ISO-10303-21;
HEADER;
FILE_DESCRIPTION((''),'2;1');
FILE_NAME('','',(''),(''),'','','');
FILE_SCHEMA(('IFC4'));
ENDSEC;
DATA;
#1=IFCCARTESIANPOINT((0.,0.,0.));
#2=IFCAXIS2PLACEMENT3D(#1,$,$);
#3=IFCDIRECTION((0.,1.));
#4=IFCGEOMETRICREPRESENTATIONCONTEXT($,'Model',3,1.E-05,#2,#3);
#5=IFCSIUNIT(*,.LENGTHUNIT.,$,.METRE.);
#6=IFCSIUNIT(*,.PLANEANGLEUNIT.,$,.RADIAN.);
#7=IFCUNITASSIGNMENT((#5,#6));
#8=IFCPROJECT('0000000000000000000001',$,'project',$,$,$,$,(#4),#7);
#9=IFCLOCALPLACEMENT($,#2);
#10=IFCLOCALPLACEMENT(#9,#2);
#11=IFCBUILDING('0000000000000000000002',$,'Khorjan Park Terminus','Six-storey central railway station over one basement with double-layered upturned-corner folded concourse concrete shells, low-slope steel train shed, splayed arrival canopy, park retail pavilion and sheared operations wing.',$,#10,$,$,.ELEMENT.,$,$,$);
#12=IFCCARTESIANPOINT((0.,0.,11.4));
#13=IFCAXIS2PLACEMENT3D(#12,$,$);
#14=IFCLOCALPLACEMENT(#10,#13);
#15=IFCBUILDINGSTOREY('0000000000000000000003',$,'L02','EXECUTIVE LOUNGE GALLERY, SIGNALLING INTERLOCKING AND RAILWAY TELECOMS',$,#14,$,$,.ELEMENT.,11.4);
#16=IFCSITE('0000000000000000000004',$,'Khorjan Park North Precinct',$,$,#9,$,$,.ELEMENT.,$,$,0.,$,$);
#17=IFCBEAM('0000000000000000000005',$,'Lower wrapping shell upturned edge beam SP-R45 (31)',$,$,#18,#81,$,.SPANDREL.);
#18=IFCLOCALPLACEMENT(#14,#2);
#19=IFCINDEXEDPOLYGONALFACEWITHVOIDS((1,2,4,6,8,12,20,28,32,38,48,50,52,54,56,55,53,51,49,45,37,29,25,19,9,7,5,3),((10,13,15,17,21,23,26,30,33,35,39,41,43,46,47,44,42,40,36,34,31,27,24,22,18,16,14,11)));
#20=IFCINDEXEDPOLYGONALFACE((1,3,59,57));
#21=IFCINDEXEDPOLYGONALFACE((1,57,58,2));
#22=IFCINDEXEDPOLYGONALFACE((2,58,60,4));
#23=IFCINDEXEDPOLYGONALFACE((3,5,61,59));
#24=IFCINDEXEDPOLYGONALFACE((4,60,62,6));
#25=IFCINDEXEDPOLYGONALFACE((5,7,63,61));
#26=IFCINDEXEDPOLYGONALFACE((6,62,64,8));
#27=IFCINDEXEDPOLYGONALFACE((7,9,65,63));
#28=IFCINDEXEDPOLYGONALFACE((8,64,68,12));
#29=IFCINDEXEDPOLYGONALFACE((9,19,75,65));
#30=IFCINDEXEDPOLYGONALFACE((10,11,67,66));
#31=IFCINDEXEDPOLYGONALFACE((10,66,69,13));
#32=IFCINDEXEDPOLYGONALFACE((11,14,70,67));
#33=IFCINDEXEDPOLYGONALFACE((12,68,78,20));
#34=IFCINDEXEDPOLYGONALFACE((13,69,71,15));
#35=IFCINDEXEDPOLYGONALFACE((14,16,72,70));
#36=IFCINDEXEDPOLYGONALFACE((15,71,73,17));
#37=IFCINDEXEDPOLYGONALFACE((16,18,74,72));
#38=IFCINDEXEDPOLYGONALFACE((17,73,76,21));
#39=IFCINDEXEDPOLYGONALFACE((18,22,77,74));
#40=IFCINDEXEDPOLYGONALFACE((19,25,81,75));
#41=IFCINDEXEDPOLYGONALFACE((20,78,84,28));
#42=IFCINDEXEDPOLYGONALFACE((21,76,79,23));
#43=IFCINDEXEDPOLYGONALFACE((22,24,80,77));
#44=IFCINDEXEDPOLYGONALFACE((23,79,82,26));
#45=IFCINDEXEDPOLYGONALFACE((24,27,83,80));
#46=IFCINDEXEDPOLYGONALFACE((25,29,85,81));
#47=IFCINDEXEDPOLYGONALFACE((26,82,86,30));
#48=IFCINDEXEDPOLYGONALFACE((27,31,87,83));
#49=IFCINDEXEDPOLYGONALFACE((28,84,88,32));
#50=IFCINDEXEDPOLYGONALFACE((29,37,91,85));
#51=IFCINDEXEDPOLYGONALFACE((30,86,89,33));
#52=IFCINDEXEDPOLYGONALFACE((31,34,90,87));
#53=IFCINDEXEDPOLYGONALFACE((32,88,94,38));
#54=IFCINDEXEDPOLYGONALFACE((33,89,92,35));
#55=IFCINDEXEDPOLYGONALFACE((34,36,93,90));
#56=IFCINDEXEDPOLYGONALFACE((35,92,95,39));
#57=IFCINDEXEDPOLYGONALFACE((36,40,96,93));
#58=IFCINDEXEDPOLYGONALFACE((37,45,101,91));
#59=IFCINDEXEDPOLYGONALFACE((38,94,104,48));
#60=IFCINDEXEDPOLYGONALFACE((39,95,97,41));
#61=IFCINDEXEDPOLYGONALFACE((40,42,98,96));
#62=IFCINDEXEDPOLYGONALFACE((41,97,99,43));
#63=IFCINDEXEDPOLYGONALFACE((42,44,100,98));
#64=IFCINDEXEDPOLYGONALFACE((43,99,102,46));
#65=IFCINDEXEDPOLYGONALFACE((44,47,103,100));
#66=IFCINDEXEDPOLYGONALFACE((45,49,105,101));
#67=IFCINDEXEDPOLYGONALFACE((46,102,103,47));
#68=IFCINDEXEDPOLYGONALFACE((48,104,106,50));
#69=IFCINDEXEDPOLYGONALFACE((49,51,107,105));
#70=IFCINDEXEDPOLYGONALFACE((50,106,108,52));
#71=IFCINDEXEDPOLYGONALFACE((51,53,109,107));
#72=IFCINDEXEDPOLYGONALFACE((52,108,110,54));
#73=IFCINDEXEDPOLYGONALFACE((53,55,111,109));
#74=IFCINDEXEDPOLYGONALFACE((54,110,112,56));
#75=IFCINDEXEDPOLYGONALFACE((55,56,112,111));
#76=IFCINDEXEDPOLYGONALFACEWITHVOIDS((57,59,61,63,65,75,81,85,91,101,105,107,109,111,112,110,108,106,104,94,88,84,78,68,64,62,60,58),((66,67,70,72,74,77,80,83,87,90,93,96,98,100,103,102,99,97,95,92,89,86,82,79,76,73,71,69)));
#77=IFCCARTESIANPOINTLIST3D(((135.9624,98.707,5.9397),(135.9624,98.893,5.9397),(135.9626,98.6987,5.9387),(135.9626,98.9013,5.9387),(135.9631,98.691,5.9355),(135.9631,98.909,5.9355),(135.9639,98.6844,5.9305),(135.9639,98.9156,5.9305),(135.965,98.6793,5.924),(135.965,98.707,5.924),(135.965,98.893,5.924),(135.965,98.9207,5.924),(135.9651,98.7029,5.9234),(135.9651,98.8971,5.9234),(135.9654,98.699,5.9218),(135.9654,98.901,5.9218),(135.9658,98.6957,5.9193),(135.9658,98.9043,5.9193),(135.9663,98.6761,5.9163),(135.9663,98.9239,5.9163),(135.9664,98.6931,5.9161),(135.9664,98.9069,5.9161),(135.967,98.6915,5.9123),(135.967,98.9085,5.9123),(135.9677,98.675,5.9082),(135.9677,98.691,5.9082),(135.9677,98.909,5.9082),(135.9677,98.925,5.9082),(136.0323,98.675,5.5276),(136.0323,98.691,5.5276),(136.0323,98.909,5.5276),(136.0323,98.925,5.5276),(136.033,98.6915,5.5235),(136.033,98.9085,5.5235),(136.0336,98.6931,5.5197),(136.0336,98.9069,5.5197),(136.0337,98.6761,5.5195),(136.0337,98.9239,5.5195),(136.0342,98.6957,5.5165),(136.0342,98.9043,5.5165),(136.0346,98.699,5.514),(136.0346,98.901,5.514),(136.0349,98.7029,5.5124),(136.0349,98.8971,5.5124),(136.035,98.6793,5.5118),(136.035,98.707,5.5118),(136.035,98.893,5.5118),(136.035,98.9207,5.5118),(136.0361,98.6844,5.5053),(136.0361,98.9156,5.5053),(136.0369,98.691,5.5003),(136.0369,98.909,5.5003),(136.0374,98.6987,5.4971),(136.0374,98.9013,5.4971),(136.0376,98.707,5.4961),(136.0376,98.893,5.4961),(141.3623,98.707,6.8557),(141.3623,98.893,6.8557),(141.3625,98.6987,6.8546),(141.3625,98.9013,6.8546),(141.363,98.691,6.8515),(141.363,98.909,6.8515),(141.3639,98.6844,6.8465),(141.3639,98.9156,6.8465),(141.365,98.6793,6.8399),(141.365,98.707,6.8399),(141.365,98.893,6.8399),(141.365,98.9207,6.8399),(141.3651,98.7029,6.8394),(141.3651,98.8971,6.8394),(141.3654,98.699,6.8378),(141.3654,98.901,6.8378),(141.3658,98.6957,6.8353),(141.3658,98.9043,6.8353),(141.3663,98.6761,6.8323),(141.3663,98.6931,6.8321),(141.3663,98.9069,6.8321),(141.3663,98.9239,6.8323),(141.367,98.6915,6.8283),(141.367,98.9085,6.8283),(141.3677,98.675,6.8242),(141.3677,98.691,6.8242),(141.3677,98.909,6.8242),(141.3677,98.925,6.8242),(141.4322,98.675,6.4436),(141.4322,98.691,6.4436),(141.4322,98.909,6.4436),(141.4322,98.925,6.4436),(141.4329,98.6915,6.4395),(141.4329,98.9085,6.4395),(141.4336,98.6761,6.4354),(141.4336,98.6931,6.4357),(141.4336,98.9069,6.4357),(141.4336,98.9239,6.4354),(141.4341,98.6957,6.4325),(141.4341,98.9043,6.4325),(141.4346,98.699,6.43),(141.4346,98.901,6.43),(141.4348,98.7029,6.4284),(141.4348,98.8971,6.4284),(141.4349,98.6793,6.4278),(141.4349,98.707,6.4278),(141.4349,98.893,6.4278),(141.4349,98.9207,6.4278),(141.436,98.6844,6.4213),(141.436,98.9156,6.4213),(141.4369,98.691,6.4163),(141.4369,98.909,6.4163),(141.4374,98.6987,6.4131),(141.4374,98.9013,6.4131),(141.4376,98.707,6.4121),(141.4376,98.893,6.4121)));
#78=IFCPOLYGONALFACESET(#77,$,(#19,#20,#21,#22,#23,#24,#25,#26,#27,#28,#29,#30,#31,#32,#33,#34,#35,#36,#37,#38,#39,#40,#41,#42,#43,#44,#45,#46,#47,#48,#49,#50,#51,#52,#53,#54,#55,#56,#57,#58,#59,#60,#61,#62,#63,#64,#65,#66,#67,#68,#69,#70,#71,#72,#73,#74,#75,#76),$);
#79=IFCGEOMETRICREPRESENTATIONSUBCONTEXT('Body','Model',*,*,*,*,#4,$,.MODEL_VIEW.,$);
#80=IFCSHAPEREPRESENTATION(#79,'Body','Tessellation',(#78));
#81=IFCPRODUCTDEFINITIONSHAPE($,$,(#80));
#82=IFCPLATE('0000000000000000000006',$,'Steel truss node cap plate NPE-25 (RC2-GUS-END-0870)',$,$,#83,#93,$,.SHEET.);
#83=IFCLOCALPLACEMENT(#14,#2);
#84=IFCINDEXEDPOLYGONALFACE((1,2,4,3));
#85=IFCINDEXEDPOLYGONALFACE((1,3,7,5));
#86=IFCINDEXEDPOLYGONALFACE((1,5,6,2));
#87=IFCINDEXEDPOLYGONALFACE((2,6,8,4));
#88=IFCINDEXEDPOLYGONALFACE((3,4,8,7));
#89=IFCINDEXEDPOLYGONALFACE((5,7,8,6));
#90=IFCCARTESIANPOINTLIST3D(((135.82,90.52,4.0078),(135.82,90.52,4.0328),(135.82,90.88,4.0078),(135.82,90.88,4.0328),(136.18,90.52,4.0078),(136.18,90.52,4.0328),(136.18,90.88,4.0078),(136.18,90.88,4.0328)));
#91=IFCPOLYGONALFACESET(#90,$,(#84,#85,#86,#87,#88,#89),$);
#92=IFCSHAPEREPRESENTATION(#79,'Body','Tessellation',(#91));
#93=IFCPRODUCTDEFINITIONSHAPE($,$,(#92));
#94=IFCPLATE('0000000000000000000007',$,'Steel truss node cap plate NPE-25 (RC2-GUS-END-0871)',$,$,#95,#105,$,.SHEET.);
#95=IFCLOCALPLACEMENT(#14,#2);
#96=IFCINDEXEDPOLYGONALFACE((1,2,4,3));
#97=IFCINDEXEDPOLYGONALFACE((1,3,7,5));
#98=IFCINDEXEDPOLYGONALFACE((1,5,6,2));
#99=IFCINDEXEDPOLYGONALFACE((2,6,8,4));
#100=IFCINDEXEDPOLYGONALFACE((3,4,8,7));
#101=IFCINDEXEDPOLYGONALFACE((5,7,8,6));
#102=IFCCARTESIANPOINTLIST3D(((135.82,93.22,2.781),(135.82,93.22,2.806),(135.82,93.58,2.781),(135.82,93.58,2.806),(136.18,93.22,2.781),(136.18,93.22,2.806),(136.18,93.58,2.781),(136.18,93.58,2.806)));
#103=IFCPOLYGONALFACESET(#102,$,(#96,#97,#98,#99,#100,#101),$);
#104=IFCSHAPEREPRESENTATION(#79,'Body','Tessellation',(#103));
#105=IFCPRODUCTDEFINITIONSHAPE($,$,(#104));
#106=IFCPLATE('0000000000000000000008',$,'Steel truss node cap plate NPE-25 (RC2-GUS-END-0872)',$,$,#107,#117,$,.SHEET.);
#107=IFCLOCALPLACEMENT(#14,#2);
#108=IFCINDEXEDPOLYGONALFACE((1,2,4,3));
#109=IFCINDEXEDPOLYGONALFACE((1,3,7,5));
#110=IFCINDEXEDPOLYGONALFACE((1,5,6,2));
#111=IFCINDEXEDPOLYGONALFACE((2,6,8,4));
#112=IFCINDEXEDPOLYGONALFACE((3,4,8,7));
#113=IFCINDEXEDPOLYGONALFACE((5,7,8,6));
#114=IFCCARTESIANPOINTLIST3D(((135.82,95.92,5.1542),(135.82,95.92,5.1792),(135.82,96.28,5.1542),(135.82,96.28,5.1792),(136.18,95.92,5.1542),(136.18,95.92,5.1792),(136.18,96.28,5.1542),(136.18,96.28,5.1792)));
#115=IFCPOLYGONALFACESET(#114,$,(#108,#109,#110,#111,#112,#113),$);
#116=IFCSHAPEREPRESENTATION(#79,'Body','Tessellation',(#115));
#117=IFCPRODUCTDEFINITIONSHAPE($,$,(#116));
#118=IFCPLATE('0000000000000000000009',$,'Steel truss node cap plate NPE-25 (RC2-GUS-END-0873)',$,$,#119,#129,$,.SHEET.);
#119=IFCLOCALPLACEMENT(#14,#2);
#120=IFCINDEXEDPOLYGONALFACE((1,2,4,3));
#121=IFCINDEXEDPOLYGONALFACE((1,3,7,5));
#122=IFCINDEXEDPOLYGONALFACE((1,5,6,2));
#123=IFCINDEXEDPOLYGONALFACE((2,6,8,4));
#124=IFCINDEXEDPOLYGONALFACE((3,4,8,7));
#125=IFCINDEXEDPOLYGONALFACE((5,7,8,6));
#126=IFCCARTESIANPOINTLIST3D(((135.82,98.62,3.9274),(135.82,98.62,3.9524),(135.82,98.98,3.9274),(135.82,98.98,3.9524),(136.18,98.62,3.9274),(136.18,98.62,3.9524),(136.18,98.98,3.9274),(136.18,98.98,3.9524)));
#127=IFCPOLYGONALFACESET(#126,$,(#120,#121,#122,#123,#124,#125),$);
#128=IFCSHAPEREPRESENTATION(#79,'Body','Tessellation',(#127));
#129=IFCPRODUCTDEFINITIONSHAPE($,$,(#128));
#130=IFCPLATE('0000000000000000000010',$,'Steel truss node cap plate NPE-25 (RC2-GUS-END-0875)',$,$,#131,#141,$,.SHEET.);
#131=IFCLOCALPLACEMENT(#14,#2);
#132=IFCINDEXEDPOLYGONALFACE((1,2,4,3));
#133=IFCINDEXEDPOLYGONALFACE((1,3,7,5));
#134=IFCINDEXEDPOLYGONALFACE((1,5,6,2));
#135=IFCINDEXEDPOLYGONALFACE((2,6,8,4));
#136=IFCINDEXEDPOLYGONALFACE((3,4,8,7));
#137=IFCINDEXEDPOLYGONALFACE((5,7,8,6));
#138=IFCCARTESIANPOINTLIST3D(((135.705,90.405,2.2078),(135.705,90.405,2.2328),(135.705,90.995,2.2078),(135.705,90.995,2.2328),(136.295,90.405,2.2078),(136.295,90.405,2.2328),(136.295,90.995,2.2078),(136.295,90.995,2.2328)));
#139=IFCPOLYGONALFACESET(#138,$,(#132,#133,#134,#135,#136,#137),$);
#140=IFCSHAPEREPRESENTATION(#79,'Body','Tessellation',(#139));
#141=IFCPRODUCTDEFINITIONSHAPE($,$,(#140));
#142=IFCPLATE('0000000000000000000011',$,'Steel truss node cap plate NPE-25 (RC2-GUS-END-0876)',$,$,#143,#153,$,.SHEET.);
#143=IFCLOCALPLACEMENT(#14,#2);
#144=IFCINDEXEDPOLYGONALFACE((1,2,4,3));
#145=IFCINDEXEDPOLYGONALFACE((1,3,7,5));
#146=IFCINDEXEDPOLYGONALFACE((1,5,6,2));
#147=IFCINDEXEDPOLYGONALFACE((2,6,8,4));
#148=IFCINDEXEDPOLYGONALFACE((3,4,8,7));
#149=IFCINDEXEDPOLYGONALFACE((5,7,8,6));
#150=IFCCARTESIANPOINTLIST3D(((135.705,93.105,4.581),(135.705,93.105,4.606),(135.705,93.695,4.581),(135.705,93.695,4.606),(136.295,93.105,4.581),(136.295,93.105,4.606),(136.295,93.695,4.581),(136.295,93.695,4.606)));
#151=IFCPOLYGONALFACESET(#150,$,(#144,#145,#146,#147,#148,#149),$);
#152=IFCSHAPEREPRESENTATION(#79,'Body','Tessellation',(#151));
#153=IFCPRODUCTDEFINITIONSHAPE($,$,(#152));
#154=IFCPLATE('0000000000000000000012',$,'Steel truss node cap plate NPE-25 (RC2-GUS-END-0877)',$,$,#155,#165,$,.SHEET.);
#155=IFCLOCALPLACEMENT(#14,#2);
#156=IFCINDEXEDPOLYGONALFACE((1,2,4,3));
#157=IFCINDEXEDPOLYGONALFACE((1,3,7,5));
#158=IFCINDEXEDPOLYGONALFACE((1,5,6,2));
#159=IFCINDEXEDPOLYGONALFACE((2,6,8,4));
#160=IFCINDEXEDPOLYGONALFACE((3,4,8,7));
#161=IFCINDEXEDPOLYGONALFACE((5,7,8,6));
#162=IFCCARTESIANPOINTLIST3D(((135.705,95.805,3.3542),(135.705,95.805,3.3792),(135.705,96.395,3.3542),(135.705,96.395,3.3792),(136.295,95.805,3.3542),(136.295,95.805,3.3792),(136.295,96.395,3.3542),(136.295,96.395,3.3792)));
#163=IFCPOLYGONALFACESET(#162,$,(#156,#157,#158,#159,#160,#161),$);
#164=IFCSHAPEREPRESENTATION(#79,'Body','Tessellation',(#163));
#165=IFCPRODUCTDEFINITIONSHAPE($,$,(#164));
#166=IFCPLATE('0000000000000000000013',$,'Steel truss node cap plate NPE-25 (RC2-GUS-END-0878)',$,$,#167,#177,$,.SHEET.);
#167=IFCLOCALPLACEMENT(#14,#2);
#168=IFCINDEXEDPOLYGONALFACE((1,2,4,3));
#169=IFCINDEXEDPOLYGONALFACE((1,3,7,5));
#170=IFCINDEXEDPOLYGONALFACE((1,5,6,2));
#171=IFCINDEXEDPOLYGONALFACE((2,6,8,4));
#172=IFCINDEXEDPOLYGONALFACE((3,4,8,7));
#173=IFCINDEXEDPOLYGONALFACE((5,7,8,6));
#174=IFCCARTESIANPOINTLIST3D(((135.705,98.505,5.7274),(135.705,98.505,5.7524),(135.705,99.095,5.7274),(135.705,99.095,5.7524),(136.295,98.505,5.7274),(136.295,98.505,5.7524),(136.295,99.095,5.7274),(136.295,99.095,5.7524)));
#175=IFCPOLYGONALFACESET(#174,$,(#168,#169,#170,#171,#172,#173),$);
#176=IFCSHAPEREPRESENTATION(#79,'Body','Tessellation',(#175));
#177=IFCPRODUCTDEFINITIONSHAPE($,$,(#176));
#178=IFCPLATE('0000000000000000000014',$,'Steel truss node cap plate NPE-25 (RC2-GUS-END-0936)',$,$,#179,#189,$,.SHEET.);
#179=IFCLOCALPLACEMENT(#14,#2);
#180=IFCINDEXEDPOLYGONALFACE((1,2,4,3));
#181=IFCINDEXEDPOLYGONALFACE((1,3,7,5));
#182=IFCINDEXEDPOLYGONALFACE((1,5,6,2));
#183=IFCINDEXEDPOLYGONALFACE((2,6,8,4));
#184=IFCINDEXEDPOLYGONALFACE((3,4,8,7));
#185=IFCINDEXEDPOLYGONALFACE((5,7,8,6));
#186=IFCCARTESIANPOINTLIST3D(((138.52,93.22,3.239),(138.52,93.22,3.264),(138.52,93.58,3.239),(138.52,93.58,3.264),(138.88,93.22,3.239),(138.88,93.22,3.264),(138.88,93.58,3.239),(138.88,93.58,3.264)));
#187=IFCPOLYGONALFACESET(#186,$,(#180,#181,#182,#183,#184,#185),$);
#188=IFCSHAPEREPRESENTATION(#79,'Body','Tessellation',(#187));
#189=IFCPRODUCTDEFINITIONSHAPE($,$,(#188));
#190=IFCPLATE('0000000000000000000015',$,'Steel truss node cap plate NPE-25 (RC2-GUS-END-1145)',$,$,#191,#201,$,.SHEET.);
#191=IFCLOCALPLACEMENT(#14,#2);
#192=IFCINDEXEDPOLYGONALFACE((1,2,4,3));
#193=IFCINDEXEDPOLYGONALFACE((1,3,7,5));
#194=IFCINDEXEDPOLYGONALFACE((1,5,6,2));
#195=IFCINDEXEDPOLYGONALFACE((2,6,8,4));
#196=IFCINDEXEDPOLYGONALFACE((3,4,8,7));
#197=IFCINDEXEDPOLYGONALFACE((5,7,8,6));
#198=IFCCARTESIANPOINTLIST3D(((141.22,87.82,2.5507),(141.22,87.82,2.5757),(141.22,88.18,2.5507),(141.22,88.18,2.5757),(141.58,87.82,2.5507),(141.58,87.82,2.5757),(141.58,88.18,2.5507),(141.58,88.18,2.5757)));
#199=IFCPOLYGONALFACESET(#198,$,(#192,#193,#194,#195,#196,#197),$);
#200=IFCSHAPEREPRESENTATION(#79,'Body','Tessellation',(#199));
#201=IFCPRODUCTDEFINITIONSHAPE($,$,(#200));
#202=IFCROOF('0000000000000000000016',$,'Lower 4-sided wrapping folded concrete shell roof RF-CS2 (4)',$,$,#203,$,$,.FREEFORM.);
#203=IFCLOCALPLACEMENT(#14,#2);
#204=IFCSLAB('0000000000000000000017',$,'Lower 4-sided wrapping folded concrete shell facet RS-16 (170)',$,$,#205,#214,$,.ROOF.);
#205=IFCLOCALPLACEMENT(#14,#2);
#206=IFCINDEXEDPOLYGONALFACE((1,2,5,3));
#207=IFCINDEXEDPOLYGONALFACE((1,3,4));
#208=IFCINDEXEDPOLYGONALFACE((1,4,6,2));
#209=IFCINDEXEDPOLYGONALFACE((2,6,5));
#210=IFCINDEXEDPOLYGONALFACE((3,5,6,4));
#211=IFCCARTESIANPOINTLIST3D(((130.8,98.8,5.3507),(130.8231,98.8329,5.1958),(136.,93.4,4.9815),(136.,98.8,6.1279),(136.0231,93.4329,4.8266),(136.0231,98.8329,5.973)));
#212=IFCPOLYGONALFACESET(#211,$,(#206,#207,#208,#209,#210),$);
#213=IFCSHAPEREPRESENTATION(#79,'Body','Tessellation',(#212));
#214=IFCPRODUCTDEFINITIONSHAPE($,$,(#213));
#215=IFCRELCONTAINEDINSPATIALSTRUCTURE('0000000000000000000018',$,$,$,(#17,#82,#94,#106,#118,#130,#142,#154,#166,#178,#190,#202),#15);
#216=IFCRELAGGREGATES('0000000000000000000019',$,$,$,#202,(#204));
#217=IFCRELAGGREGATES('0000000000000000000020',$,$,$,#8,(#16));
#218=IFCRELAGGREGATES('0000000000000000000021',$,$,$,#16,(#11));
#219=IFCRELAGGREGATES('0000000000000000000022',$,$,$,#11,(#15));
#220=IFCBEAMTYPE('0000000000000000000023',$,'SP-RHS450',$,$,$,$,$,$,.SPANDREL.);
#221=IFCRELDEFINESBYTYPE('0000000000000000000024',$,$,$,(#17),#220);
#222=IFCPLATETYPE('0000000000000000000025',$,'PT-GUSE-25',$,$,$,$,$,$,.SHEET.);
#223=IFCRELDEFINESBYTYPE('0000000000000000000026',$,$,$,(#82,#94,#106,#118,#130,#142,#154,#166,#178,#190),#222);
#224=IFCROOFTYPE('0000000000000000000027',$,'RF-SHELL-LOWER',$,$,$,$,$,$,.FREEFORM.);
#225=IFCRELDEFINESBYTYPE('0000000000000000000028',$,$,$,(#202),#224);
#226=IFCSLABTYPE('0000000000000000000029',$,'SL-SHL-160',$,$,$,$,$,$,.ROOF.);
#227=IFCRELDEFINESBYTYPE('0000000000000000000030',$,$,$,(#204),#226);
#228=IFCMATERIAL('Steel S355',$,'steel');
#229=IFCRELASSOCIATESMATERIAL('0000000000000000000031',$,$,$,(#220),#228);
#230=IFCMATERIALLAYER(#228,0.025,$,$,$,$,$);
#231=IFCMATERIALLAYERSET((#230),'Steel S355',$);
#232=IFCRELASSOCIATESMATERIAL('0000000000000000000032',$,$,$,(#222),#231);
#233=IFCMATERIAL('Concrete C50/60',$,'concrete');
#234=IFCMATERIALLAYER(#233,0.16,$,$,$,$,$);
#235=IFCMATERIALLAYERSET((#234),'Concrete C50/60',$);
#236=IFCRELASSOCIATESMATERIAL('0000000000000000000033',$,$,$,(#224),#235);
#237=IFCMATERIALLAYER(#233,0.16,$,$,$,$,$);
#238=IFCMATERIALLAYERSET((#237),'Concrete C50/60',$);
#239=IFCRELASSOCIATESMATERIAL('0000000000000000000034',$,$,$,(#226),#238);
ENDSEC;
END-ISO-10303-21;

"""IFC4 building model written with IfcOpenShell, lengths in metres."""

from ifc_helpers import new_model, si_unit, direction, frame, origin, origin_2d, place, context, subcontext, project, spatial, polyline, rectangle, hollow_rectangle, outline, extrude, material, layer, layer_set, material_profile, profile_set, type_object, element, aggregate, save


model = new_model("IFC4")

# Units and contexts
model_context = context("Model", 3, precision=1e-05, world=origin(), true_north=direction((0.0, 1.0)))
body_context = subcontext(model_context, "Body", "Model", "MODEL_VIEW")
ifc_project = project(units=[si_unit("LENGTHUNIT", "METRE"), si_unit("PLANEANGLEUNIT", "RADIAN")], contexts=[model_context])

# Site, building, storey
site_placement = place(None, origin())
site = spatial("IfcSite", under=ifc_project, at=site_placement, Name="Khorjan Park North Precinct", CompositionType="ELEMENT", RefElevation=0.0)
building_placement = place(site_placement, origin())
building = spatial("IfcBuilding", under=site, at=building_placement, Name="Khorjan Park Terminus", Description="Six-storey central railway station over one basement with double-layered upturned-corner folded concourse concrete shells, low-slope steel train shed, splayed arrival canopy, park retail pavilion and sheared operations wing.", CompositionType="ELEMENT")
storey_placement = place(building_placement, frame((0.0, 0.0, 11.4)))
storey = spatial("IfcBuildingStorey", under=building, at=storey_placement, Name="L02", Description="EXECUTIVE LOUNGE GALLERY, SIGNALLING INTERLOCKING AND RAILWAY TELECOMS", CompositionType="ELEMENT", Elevation=11.4)

# Shared definitions
ifc_material_1 = material(Name="Steel S355", Category="steel")

# Beam
ifc_material_profile_1 = material_profile(ifc_material_1, hollow_rectangle(XDim=0.25, YDim=0.45, WallThickness=0.016, InnerFilletRadius=0.016, OuterFilletRadius=0.032, at=origin_2d()), Name="RHS 450x250x16")
ifc_profile_set_1 = profile_set([ifc_material_profile_1], Name="Steel S355")
beam_type = type_object("IfcBeamType", Name="SP-RHS450", PredefinedType="SPANDREL", material=ifc_profile_set_1)
beam_placement = place(storey_placement, frame((136.0, 98.8, 5.7179), z_axis=(0.985916, 0.0, 0.167241), x_axis=(0.0, 1.0, 0.0)))
element("IfcBeam", 1, at=beam_placement, inside=storey, type_object=beam_type, Name="Lower wrapping shell upturned edge beam SP-R45 (31)", PredefinedType="SPANDREL", context=body_context, shape_type="SweptSolid", body=[
    extrude(hollow_rectangle(XDim=0.25, YDim=0.45, WallThickness=0.016, InnerFilletRadius=0.016, OuterFilletRadius=0.032, at=origin_2d()), origin(), (0.0, 0.0, 1.0), 5.4771),
])

# Plates
ifc_layer_1 = layer(ifc_material_1, 0.025)
ifc_layer_set_1 = layer_set([ifc_layer_1], Name="Steel S355")
plate_type = type_object("IfcPlateType", Name="PT-GUSE-25", PredefinedType="SHEET", material=ifc_layer_set_1)
for number, where, z_axis, x_axis, name in (
    (2, (136.0, 90.7, 4.0078), (0.0, 0.0, 1.0), (1.0, 0.0, 0.0), "Steel truss node cap plate NPE-25 (RC2-GUS-END-0870)"),
    (3, (136.0, 93.4, 2.781), (0.0, 0.0, 1.0), (1.0, 0.0, 0.0), "Steel truss node cap plate NPE-25 (RC2-GUS-END-0871)"),
    (4, (136.0, 96.1, 5.1542), (0.0, 0.0, 1.0), (1.0, 0.0, 0.0), "Steel truss node cap plate NPE-25 (RC2-GUS-END-0872)"),
    (5, (136.0, 98.8, 3.9274), (0.0, 0.0, 1.0), (1.0, 0.0, 0.0), "Steel truss node cap plate NPE-25 (RC2-GUS-END-0873)"),
):
    element("IfcPlate", number, at=place(storey_placement, frame(where, z_axis=z_axis, x_axis=x_axis)), inside=storey, type_object=plate_type, Name=name, PredefinedType="SHEET", context=body_context, shape_type="SweptSolid", body=[
        extrude(rectangle(XDim=0.36, YDim=0.36, at=origin_2d()), origin(), (0.0, 0.0, 1.0), 0.025),
    ])
for number, where, z_axis, x_axis, name in (
    (6, (136.0, 90.7, 2.2078), (0.0, 0.0, 1.0), (1.0, 0.0, 0.0), "Steel truss node cap plate NPE-25 (RC2-GUS-END-0875)"),
    (7, (136.0, 93.4, 4.581), (0.0, 0.0, 1.0), (1.0, 0.0, 0.0), "Steel truss node cap plate NPE-25 (RC2-GUS-END-0876)"),
    (8, (136.0, 96.1, 3.3542), (0.0, 0.0, 1.0), (1.0, 0.0, 0.0), "Steel truss node cap plate NPE-25 (RC2-GUS-END-0877)"),
    (9, (136.0, 98.8, 5.7274), (0.0, 0.0, 1.0), (1.0, 0.0, 0.0), "Steel truss node cap plate NPE-25 (RC2-GUS-END-0878)"),
):
    element("IfcPlate", number, at=place(storey_placement, frame(where, z_axis=z_axis, x_axis=x_axis)), inside=storey, type_object=plate_type, Name=name, PredefinedType="SHEET", context=body_context, shape_type="SweptSolid", body=[
        extrude(rectangle(XDim=0.59, YDim=0.59, at=origin_2d()), origin(), (0.0, 0.0, 1.0), 0.025),
    ])
for number, where, z_axis, x_axis, name in (
    (10, (138.7, 93.4, 3.239), (0.0, 0.0, 1.0), (1.0, 0.0, 0.0), "Steel truss node cap plate NPE-25 (RC2-GUS-END-0936)"),
    (11, (141.4, 88.0, 2.5507), (0.0, 0.0, 1.0), (1.0, 0.0, 0.0), "Steel truss node cap plate NPE-25 (RC2-GUS-END-1145)"),
):
    element("IfcPlate", number, at=place(storey_placement, frame(where, z_axis=z_axis, x_axis=x_axis)), inside=storey, type_object=plate_type, Name=name, PredefinedType="SHEET", context=body_context, shape_type="SweptSolid", body=[
        extrude(rectangle(XDim=0.36, YDim=0.36, at=origin_2d()), origin(), (0.0, 0.0, 1.0), 0.025),
    ])

# Roof, slab
ifc_material_2 = material(Name="Concrete C50/60", Category="concrete")
ifc_layer_2 = layer(ifc_material_2, 0.16)
ifc_layer_set_2 = layer_set([ifc_layer_2], Name="Concrete C50/60")
roof_type = type_object("IfcRoofType", Name="RF-SHELL-LOWER", PredefinedType="FREEFORM", material=ifc_layer_set_2)
roof_placement = place(storey_placement, origin())
roof = element("IfcRoof", 12, at=roof_placement, inside=storey, type_object=roof_type, Name="Lower 4-sided wrapping folded concrete shell roof RF-CS2 (4)", PredefinedType="FREEFORM")
ifc_layer_3 = layer(ifc_material_2, 0.16)
ifc_layer_set_3 = layer_set([ifc_layer_3], Name="Concrete C50/60")
slab_type = type_object("IfcSlabType", Name="SL-SHL-160", PredefinedType="ROOF", material=ifc_layer_set_3)
slab_1_placement = place(storey_placement, frame((136.0, 93.4, 4.9815), z_axis=(-0.144665, -0.205484, 0.967909), x_axis=(0.0, 0.978199, 0.207668)))
slab_1 = element("IfcSlab", 13, at=slab_1_placement, type_object=slab_type, Name="Lower 4-sided wrapping folded concrete shell facet RS-16 (170)", PredefinedType="ROOF", context=body_context, shape_type="SweptSolid", body=[
    extrude(outline(polyline([(0.0, 0.0), (5.5203, 0.0), (5.3589, 5.2553), (0.0, 0.0)])), origin(), (0.0, 0.0, -1.0), 0.16),
])
aggregate(roof, [slab_1])

save(model, "model.ifc")
